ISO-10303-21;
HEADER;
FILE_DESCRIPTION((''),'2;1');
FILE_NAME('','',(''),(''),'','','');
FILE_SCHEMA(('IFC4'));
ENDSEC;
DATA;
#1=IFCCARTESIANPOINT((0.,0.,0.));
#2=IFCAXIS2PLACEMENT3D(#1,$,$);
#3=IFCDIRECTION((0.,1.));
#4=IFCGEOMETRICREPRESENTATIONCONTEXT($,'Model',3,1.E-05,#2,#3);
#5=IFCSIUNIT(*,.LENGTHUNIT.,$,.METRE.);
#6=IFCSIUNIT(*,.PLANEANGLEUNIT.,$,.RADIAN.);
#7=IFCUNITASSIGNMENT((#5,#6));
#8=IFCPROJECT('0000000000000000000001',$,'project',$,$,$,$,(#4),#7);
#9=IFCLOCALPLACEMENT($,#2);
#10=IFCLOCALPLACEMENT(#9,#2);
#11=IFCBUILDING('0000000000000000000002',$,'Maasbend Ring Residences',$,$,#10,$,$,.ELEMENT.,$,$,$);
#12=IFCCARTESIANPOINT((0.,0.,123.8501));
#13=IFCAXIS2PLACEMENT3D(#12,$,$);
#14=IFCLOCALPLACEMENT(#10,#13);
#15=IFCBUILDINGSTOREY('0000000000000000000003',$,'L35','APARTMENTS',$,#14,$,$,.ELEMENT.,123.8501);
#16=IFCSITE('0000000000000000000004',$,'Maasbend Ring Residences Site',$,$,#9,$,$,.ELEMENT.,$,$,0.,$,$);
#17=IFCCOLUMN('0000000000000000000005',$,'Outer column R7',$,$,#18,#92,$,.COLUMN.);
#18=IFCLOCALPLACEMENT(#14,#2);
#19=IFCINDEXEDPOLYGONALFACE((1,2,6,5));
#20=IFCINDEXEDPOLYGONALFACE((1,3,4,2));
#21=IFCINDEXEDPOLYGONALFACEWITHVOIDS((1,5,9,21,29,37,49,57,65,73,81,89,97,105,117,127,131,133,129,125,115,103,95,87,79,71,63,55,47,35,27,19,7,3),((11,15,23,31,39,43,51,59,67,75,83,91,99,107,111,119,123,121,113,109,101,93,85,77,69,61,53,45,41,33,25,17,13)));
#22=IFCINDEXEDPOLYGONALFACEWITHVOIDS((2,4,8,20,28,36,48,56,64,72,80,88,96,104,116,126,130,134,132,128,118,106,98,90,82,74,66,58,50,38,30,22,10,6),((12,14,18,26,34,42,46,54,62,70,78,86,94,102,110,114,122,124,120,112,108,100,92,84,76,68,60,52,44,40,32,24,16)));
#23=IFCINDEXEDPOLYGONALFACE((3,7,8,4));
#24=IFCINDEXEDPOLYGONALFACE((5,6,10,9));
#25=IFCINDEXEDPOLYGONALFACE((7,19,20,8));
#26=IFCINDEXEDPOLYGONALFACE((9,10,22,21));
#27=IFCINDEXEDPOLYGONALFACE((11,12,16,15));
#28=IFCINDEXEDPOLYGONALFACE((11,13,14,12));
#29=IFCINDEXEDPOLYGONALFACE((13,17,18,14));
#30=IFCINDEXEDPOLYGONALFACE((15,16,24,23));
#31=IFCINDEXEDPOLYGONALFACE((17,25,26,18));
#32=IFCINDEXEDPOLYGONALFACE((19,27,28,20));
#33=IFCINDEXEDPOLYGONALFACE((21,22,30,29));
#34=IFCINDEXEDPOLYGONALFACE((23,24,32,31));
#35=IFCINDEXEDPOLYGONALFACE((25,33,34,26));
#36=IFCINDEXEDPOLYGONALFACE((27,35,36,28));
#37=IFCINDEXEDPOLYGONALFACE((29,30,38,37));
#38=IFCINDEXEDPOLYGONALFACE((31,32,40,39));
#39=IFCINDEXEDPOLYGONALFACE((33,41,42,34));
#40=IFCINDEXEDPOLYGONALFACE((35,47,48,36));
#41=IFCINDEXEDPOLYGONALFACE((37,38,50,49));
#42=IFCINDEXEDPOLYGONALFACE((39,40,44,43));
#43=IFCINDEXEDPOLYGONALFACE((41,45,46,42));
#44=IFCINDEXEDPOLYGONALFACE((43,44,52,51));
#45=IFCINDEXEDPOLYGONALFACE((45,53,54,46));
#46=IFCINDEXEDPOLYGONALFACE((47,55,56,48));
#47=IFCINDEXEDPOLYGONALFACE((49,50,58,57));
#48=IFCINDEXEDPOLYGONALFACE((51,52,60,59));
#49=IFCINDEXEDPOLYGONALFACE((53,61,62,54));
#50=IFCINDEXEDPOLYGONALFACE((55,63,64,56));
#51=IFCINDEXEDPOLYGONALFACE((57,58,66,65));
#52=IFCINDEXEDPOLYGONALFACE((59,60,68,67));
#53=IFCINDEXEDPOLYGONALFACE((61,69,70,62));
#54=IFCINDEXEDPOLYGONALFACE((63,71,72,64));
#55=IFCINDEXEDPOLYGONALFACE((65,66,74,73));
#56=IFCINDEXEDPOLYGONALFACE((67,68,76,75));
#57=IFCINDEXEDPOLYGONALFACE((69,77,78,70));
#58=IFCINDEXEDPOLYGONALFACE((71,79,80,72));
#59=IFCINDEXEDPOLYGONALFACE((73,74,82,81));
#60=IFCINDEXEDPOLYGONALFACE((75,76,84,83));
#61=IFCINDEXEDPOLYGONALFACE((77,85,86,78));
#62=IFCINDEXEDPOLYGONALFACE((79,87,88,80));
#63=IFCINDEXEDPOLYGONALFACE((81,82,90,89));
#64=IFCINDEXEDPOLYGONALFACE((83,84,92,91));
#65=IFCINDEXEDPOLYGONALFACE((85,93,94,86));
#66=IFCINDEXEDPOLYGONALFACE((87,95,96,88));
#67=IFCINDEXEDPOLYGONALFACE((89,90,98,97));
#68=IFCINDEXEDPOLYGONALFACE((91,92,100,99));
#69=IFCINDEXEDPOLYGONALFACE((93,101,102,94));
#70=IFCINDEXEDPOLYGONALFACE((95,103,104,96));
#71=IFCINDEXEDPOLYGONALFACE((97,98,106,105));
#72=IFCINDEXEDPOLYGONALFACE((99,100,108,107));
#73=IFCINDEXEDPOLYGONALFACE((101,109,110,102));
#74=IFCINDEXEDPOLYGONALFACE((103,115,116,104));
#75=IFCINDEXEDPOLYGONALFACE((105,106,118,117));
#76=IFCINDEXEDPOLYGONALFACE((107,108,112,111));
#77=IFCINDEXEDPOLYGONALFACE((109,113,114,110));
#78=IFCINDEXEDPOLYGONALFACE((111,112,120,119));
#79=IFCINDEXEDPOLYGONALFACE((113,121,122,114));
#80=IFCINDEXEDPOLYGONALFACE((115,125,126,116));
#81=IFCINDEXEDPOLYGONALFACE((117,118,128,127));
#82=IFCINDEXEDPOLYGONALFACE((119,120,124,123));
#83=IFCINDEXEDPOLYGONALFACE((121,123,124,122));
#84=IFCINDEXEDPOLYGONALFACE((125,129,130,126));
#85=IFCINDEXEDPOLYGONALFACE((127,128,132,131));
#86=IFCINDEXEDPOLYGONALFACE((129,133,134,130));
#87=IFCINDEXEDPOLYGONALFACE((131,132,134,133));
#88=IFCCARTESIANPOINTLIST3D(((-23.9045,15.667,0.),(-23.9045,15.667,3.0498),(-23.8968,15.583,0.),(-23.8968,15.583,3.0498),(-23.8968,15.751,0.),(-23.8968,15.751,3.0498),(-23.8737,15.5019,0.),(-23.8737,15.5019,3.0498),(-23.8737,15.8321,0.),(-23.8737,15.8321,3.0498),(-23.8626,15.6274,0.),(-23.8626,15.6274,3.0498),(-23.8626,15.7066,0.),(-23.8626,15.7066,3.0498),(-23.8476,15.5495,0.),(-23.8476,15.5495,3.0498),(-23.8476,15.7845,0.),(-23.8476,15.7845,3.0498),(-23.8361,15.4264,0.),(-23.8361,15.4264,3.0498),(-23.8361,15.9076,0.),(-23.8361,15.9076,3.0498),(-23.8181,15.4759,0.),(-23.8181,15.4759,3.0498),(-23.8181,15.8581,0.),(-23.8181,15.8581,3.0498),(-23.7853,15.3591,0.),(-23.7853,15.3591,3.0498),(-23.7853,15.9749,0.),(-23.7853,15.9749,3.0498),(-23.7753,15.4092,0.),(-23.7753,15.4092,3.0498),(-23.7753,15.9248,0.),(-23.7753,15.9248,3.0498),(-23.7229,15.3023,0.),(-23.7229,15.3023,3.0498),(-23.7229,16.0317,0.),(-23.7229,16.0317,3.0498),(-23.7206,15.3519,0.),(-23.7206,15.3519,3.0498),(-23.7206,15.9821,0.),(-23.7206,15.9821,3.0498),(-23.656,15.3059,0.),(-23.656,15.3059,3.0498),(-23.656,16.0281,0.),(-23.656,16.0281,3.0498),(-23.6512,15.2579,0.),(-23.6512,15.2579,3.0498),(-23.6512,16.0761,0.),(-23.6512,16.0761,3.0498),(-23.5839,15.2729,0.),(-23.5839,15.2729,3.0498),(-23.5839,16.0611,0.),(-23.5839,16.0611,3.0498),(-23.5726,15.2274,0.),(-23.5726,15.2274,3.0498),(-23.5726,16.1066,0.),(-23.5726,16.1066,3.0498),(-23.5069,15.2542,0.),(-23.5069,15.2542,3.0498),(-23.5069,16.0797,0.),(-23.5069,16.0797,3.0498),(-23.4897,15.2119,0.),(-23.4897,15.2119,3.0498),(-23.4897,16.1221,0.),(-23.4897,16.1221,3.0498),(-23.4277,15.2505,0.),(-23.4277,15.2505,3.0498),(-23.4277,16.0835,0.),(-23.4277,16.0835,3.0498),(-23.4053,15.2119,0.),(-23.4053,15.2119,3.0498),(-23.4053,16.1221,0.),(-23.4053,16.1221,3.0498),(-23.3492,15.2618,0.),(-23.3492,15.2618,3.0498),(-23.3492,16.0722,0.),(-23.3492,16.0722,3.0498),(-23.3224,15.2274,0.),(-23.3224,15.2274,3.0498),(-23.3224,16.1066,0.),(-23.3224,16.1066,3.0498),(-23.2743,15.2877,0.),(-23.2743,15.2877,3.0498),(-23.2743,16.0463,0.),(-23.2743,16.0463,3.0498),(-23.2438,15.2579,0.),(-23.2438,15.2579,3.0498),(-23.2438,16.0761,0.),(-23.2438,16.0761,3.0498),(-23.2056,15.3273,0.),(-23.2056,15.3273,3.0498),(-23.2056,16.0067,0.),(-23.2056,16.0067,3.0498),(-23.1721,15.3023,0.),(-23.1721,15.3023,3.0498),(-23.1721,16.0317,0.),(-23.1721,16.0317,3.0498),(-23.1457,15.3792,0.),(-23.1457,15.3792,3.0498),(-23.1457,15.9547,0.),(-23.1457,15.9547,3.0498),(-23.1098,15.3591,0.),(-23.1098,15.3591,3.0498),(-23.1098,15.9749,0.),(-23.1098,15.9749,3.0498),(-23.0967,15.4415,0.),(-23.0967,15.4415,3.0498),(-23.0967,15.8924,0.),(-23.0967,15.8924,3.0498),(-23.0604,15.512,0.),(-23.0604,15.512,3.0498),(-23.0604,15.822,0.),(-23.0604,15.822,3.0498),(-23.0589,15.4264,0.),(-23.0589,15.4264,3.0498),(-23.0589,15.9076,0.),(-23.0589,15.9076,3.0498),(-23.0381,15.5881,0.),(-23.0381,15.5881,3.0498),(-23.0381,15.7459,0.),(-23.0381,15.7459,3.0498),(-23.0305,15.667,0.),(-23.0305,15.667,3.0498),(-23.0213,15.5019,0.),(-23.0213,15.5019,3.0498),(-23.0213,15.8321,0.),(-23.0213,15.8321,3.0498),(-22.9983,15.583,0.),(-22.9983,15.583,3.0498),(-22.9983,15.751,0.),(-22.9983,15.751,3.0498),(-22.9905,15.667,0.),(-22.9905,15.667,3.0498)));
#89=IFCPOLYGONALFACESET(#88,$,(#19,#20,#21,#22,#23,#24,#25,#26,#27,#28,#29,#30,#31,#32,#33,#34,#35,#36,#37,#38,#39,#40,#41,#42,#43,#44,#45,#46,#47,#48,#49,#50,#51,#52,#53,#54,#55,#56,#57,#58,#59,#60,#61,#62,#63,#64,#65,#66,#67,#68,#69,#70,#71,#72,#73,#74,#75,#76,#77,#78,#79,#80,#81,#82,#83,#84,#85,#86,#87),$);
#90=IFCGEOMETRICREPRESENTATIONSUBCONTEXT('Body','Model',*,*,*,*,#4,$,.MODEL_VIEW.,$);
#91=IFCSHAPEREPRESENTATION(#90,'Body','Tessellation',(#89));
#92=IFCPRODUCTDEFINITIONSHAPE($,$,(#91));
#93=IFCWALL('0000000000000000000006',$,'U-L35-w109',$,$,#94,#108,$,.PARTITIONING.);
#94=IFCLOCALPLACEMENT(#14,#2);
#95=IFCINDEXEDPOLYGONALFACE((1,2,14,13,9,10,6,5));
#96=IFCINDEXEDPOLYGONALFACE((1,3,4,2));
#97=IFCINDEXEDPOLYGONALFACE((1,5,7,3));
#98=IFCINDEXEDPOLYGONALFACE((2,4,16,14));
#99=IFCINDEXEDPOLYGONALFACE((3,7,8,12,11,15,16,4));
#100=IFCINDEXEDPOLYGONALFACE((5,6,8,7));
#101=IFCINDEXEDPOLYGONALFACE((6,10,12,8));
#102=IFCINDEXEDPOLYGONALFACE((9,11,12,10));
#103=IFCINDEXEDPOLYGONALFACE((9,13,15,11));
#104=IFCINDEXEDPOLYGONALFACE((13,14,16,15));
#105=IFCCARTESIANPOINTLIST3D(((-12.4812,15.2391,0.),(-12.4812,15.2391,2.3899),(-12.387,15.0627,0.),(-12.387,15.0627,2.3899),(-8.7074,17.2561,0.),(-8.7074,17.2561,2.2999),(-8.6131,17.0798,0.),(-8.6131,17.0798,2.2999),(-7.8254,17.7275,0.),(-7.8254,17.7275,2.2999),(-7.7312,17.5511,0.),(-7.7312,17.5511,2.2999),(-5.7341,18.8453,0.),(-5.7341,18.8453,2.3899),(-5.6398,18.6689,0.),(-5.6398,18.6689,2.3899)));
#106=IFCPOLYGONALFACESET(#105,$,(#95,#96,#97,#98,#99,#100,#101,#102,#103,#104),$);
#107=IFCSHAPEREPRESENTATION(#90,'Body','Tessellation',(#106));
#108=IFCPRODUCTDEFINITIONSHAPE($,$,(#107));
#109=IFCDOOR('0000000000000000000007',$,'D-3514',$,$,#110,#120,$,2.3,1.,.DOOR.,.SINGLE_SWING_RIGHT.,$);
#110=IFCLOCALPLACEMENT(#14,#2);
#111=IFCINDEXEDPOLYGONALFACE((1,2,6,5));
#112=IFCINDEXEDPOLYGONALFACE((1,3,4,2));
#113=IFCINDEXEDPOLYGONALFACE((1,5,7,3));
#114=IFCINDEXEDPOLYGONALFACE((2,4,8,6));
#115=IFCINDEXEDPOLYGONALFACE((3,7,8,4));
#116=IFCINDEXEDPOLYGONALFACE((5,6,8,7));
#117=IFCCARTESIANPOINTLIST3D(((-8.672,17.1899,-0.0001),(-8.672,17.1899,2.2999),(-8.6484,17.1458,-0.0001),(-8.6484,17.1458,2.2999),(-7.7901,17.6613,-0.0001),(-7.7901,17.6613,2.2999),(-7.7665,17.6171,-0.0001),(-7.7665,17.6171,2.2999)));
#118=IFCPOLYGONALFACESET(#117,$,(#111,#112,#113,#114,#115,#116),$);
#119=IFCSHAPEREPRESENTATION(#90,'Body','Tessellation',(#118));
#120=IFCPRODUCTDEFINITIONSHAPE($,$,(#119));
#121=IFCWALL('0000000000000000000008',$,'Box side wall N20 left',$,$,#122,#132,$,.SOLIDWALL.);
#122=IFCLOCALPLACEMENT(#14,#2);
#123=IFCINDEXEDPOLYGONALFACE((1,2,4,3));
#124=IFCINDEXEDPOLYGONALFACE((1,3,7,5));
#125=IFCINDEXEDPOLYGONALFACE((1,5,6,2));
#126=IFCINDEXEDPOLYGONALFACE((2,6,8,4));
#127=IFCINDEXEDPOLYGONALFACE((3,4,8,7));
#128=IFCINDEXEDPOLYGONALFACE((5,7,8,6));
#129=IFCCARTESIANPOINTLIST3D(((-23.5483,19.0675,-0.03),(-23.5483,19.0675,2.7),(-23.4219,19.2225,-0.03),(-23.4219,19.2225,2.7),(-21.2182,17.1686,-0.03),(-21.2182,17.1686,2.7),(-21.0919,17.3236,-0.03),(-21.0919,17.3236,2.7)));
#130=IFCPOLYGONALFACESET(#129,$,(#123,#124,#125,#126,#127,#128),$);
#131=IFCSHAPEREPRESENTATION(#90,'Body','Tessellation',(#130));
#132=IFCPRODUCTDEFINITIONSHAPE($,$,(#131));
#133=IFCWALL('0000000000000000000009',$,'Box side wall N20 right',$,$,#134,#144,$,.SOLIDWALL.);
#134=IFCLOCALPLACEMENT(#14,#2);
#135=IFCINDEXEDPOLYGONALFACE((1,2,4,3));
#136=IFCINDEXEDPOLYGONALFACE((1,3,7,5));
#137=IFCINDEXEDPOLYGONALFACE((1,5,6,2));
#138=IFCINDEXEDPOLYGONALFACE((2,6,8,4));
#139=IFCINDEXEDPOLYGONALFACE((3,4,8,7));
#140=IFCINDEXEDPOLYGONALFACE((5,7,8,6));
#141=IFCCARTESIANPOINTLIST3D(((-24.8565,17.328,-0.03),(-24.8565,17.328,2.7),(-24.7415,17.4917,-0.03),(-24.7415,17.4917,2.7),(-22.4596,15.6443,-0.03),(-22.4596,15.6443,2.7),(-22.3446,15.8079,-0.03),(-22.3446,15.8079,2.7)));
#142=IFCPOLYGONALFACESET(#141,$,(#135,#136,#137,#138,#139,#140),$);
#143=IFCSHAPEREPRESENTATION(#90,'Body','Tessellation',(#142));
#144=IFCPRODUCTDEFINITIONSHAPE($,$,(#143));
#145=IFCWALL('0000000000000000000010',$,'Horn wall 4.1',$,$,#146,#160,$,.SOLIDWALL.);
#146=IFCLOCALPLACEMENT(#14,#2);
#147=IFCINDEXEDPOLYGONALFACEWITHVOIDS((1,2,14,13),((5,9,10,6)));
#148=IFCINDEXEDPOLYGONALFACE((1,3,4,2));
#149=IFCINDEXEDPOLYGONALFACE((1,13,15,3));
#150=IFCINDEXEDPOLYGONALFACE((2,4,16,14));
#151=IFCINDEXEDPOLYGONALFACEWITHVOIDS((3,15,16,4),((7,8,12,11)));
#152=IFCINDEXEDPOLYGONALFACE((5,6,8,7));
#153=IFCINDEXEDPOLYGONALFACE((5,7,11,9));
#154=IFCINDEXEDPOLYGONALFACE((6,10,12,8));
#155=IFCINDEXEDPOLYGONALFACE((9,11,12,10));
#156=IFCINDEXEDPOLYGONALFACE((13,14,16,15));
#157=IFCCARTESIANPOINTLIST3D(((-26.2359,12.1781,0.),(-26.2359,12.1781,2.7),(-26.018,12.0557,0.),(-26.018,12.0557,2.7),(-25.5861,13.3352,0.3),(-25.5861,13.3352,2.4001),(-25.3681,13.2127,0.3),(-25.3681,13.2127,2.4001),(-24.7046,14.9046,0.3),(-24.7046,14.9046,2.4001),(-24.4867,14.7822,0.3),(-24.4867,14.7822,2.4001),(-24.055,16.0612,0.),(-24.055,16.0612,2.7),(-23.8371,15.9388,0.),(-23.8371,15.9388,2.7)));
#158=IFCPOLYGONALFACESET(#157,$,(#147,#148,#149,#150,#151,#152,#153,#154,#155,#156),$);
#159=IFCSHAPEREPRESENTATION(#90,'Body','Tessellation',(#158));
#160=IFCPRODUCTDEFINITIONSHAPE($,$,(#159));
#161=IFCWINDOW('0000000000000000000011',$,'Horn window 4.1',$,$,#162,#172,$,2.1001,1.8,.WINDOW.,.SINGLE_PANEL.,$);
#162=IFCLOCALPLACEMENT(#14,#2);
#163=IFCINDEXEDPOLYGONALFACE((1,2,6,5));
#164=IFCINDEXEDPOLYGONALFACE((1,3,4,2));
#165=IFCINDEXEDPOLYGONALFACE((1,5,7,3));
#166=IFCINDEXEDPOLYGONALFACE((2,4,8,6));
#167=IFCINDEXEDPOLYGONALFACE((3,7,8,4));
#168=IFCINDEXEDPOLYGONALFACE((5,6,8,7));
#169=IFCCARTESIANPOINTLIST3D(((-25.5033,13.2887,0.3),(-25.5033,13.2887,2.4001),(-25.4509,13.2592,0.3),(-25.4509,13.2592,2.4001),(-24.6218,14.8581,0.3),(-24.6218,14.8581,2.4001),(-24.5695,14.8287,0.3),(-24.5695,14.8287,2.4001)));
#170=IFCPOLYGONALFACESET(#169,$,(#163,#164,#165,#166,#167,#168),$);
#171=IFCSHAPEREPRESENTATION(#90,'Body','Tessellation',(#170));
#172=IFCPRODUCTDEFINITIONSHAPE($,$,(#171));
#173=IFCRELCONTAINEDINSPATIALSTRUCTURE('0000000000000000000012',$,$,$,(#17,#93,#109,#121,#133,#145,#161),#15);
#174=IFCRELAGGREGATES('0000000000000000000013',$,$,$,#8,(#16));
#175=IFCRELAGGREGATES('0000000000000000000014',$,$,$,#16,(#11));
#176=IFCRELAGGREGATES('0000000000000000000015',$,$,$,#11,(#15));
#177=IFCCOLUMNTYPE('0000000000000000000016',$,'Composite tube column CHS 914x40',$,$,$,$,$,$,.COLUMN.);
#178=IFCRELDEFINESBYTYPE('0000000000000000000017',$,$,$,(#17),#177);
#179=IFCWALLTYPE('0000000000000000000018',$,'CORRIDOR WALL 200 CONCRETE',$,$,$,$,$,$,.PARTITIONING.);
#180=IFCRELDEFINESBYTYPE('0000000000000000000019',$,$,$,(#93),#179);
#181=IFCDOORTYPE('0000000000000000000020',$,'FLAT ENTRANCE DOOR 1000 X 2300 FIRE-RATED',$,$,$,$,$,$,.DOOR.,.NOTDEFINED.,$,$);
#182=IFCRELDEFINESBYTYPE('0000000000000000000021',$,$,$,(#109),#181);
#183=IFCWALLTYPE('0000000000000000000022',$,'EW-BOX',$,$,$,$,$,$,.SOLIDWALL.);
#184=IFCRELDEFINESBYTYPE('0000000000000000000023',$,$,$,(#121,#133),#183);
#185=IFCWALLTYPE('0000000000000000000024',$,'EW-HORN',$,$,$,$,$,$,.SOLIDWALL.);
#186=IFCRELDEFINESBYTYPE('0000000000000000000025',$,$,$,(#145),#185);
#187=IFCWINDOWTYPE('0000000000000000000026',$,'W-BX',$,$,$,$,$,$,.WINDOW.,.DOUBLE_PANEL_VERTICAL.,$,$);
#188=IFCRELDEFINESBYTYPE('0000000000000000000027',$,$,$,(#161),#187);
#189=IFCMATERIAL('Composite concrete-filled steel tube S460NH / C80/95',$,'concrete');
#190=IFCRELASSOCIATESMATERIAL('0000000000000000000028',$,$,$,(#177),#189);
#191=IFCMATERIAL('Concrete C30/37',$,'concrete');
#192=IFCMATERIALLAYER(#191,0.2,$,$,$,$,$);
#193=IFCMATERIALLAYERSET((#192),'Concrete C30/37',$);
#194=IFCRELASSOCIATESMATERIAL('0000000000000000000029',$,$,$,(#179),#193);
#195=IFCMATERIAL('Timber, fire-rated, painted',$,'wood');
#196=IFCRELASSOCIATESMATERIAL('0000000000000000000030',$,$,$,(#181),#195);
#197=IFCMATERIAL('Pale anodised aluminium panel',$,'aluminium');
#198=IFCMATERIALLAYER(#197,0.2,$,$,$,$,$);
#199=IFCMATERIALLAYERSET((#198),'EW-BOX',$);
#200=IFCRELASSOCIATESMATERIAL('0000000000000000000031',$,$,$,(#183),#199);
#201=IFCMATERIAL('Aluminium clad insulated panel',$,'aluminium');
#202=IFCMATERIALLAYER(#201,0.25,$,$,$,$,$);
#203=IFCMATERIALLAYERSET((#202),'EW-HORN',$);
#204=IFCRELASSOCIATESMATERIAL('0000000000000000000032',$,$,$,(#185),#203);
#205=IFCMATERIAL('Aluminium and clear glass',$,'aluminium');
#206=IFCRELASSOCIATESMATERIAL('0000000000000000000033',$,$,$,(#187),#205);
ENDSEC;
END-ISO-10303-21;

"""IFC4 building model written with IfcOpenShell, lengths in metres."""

from ifc_helpers import new_model, si_unit, direction, frame, frame_2d, origin, origin_2d, place, context, subcontext, project, spatial, rectangle, hollow_circle, extrude, material, layer, layer_set, material_profile, profile_set, type_object, element, fill, save


model = new_model("IFC4")

# Units and contexts
model_context = context("Model", 3, precision=1e-05, world=origin(), true_north=direction((0.0, 1.0)))
body_context = subcontext(model_context, "Body", "Model", "MODEL_VIEW")
ifc_project = project(units=[si_unit("LENGTHUNIT", "METRE"), si_unit("PLANEANGLEUNIT", "RADIAN")], contexts=[model_context])

# Site, building, storey
site_placement = place(None, origin())
site = spatial("IfcSite", under=ifc_project, at=site_placement, Name="Maasbend Ring Residences Site", CompositionType="ELEMENT", RefElevation=0.0)
building_placement = place(site_placement, origin())
building = spatial("IfcBuilding", under=site, at=building_placement, Name="Maasbend Ring Residences", CompositionType="ELEMENT")
storey_placement = place(building_placement, frame((0.0, 0.0, 123.8501)))
storey = spatial("IfcBuildingStorey", under=building, at=storey_placement, Name="L35", Description="APARTMENTS", CompositionType="ELEMENT", Elevation=123.8501)

# Column
ifc_material_1 = material(Name="Composite concrete-filled steel tube S460NH / C80/95", Category="concrete")
ifc_material_profile = material_profile(ifc_material_1, hollow_circle(Radius=0.457, WallThickness=0.04, at=origin_2d()), Name="Composite tube column CHS 914x40")
ifc_profile_set = profile_set([ifc_material_profile], Name="Composite concrete-filled steel tube S460NH / C80/95")
column_type = type_object("IfcColumnType", Name="Composite tube column CHS 914x40", PredefinedType="COLUMN", material=ifc_profile_set)
column_placement = place(storey_placement, frame((-23.4475, 15.667, 0.0), z_axis=(0.0, 0.0, 1.0), x_axis=(1.0, 0.0, 0.0)))
element("IfcColumn", 1, at=column_placement, inside=storey, type_object=column_type, Name="Outer column R7", PredefinedType="COLUMN", context=body_context, shape_type="SweptSolid", body=[
    extrude(hollow_circle(Radius=0.457, WallThickness=0.04, at=origin_2d()), origin(), (0.0, 0.0, 1.0), 3.0498),
])

# Wall, opening, door
ifc_material_2 = material(Name="Concrete C30/37", Category="concrete")
ifc_layer_1 = layer(ifc_material_2, 0.2)
ifc_layer_set_1 = layer_set([ifc_layer_1], Name="Concrete C30/37")
wall_type_1 = type_object("IfcWallType", Name="CORRIDOR WALL 200 CONCRETE", PredefinedType="PARTITIONING", material=ifc_layer_set_1)
wall_1_placement = place(storey_placement, frame((-12.4341, 15.1509, 0.0), z_axis=(0.0, 0.0, 1.0), x_axis=(0.881931, 0.471378, 0.0)))
wall_1 = element("IfcWall", 2, at=wall_1_placement, inside=storey, type_object=wall_type_1, Name="U-L35-w109", PredefinedType="PARTITIONING", context=body_context, shape_type="SweptSolid", body=[
    extrude(rectangle(XDim=7.6504, YDim=0.2, at=frame_2d((3.8252, 0.0))), origin(), (0.0, 0.0, 1.0), 2.3899),
])
opening_1_placement = place(wall_1_placement, frame((4.2791, 0.0, 0.0)))
opening_1 = element("IfcOpeningElement", 3, at=opening_1_placement, cuts=wall_1, PredefinedType="OPENING", context=body_context, shape_type="SweptSolid", body=[
    extrude(rectangle(XDim=1.0, YDim=2.3, at=frame_2d((0.5, 1.1499))), frame((0.0, 0.1099, 0.0), z_axis=(0.0, -1.0, 0.0), x_axis=(1.0, 0.0, 0.0)), (0.0, 0.0, 1.0), 0.22),
])
ifc_material_3 = material(Name="Timber, fire-rated, painted", Category="wood")
door_type_1 = type_object("IfcDoorType", Name="FLAT ENTRANCE DOOR 1000 X 2300 FIRE-RATED", OperationType="NOTDEFINED", PredefinedType="DOOR", material=ifc_material_3)
door_1_placement = place(opening_1_placement, origin())
door_1 = element("IfcDoor", 4, at=door_1_placement, inside=storey, type_object=door_type_1, Name="D-3514", OperationType="SINGLE_SWING_RIGHT", OverallHeight=2.3, OverallWidth=1.0, PredefinedType="DOOR", context=body_context, shape_type="SweptSolid", body=[
    extrude(rectangle(XDim=1.0, YDim=2.3, at=frame_2d((0.5, 1.1499))), frame((0.0, 0.0249, 0.0), z_axis=(0.0, -1.0, 0.0), x_axis=(1.0, 0.0, 0.0)), (0.0, 0.0, 1.0), 0.05),
])
fill(opening_1, door_1)

# Walls
ifc_material_4 = material(Name="Pale anodised aluminium panel", Category="aluminium")
ifc_layer_2 = layer(ifc_material_4, 0.2)
ifc_layer_set_2 = layer_set([ifc_layer_2], Name="EW-BOX")
wall_type_2 = type_object("IfcWallType", Name="EW-BOX", PredefinedType="SOLIDWALL", material=ifc_layer_set_2)
wall_2_placement = place(storey_placement, frame((-21.155, 17.2461, -0.03), z_axis=(0.0, 0.0, 1.0), x_axis=(-0.775179, 0.631742, 0.0)))
element("IfcWall", 5, at=wall_2_placement, inside=storey, type_object=wall_type_2, Name="Box side wall N20 left", PredefinedType="SOLIDWALL", context=body_context, shape_type="SweptSolid", body=[
    extrude(rectangle(XDim=3.0059, YDim=0.2, at=frame_2d((1.5029, 0.0))), origin(), (0.0, 0.0, 1.0), 2.73),
])
wall_3_placement = place(storey_placement, frame((-22.4021, 15.7261, -0.03), z_axis=(0.0, 0.0, 1.0), x_axis=(-0.818275, 0.574826, 0.0)))
element("IfcWall", 6, at=wall_3_placement, inside=storey, type_object=wall_type_2, Name="Box side wall N20 right", PredefinedType="SOLIDWALL", context=body_context, shape_type="SweptSolid", body=[
    extrude(rectangle(XDim=2.9292, YDim=0.2, at=frame_2d((1.4646, 0.0))), origin(), (0.0, 0.0, 1.0), 2.73),
])

# Wall, opening, window
ifc_material_5 = material(Name="Aluminium clad insulated panel", Category="aluminium")
ifc_layer_3 = layer(ifc_material_5, 0.25)
ifc_layer_set_3 = layer_set([ifc_layer_3], Name="EW-HORN")
wall_type_3 = type_object("IfcWallType", Name="EW-HORN", PredefinedType="SOLIDWALL", material=ifc_layer_set_3)
wall_4_placement = place(storey_placement, frame((-23.946, 16.0, 0.0), z_axis=(0.0, 0.0, 1.0), x_axis=(-0.489696, -0.871893, 0.0)))
wall_4 = element("IfcWall", 7, at=wall_4_placement, inside=storey, type_object=wall_type_3, Name="Horn wall 4.1", PredefinedType="SOLIDWALL", context=body_context, shape_type="SweptSolid", body=[
    extrude(rectangle(XDim=4.4536, YDim=0.25, at=frame_2d((2.2268, 0.0))), origin(), (0.0, 0.0, 1.0), 2.7),
])
opening_2_placement = place(wall_4_placement, frame((1.3267, 0.0, 0.3)))
opening_2 = element("IfcOpeningElement", 8, at=opening_2_placement, cuts=wall_4, PredefinedType="OPENING", context=body_context, shape_type="SweptSolid", body=[
    extrude(rectangle(XDim=1.8, YDim=2.1001, at=frame_2d((0.8999, 1.05))), frame((0.0, 0.135, 0.0), z_axis=(0.0, -1.0, 0.0), x_axis=(1.0, 0.0, 0.0)), (0.0, 0.0, 1.0), 0.27),
])
ifc_material_6 = material(Name="Aluminium and clear glass", Category="aluminium")
window_type = type_object("IfcWindowType", Name="W-BX", PartitioningType="DOUBLE_PANEL_VERTICAL", PredefinedType="WINDOW", material=ifc_material_6)
window_1_placement = place(opening_2_placement, origin())
window_1 = element("IfcWindow", 9, at=window_1_placement, inside=storey, type_object=window_type, Name="Horn window 4.1", OverallHeight=2.1001, OverallWidth=1.8, PartitioningType="SINGLE_PANEL", PredefinedType="WINDOW", context=body_context, shape_type="SweptSolid", body=[
    extrude(rectangle(XDim=1.8, YDim=2.1001, at=frame_2d((0.8999, 1.05))), frame((0.0, 0.03, 0.0), z_axis=(0.0, -1.0, 0.0), x_axis=(1.0, 0.0, 0.0)), (0.0, 0.0, 1.0), 0.0601),
])
fill(opening_2, window_1)

save(model, "model.ifc")
